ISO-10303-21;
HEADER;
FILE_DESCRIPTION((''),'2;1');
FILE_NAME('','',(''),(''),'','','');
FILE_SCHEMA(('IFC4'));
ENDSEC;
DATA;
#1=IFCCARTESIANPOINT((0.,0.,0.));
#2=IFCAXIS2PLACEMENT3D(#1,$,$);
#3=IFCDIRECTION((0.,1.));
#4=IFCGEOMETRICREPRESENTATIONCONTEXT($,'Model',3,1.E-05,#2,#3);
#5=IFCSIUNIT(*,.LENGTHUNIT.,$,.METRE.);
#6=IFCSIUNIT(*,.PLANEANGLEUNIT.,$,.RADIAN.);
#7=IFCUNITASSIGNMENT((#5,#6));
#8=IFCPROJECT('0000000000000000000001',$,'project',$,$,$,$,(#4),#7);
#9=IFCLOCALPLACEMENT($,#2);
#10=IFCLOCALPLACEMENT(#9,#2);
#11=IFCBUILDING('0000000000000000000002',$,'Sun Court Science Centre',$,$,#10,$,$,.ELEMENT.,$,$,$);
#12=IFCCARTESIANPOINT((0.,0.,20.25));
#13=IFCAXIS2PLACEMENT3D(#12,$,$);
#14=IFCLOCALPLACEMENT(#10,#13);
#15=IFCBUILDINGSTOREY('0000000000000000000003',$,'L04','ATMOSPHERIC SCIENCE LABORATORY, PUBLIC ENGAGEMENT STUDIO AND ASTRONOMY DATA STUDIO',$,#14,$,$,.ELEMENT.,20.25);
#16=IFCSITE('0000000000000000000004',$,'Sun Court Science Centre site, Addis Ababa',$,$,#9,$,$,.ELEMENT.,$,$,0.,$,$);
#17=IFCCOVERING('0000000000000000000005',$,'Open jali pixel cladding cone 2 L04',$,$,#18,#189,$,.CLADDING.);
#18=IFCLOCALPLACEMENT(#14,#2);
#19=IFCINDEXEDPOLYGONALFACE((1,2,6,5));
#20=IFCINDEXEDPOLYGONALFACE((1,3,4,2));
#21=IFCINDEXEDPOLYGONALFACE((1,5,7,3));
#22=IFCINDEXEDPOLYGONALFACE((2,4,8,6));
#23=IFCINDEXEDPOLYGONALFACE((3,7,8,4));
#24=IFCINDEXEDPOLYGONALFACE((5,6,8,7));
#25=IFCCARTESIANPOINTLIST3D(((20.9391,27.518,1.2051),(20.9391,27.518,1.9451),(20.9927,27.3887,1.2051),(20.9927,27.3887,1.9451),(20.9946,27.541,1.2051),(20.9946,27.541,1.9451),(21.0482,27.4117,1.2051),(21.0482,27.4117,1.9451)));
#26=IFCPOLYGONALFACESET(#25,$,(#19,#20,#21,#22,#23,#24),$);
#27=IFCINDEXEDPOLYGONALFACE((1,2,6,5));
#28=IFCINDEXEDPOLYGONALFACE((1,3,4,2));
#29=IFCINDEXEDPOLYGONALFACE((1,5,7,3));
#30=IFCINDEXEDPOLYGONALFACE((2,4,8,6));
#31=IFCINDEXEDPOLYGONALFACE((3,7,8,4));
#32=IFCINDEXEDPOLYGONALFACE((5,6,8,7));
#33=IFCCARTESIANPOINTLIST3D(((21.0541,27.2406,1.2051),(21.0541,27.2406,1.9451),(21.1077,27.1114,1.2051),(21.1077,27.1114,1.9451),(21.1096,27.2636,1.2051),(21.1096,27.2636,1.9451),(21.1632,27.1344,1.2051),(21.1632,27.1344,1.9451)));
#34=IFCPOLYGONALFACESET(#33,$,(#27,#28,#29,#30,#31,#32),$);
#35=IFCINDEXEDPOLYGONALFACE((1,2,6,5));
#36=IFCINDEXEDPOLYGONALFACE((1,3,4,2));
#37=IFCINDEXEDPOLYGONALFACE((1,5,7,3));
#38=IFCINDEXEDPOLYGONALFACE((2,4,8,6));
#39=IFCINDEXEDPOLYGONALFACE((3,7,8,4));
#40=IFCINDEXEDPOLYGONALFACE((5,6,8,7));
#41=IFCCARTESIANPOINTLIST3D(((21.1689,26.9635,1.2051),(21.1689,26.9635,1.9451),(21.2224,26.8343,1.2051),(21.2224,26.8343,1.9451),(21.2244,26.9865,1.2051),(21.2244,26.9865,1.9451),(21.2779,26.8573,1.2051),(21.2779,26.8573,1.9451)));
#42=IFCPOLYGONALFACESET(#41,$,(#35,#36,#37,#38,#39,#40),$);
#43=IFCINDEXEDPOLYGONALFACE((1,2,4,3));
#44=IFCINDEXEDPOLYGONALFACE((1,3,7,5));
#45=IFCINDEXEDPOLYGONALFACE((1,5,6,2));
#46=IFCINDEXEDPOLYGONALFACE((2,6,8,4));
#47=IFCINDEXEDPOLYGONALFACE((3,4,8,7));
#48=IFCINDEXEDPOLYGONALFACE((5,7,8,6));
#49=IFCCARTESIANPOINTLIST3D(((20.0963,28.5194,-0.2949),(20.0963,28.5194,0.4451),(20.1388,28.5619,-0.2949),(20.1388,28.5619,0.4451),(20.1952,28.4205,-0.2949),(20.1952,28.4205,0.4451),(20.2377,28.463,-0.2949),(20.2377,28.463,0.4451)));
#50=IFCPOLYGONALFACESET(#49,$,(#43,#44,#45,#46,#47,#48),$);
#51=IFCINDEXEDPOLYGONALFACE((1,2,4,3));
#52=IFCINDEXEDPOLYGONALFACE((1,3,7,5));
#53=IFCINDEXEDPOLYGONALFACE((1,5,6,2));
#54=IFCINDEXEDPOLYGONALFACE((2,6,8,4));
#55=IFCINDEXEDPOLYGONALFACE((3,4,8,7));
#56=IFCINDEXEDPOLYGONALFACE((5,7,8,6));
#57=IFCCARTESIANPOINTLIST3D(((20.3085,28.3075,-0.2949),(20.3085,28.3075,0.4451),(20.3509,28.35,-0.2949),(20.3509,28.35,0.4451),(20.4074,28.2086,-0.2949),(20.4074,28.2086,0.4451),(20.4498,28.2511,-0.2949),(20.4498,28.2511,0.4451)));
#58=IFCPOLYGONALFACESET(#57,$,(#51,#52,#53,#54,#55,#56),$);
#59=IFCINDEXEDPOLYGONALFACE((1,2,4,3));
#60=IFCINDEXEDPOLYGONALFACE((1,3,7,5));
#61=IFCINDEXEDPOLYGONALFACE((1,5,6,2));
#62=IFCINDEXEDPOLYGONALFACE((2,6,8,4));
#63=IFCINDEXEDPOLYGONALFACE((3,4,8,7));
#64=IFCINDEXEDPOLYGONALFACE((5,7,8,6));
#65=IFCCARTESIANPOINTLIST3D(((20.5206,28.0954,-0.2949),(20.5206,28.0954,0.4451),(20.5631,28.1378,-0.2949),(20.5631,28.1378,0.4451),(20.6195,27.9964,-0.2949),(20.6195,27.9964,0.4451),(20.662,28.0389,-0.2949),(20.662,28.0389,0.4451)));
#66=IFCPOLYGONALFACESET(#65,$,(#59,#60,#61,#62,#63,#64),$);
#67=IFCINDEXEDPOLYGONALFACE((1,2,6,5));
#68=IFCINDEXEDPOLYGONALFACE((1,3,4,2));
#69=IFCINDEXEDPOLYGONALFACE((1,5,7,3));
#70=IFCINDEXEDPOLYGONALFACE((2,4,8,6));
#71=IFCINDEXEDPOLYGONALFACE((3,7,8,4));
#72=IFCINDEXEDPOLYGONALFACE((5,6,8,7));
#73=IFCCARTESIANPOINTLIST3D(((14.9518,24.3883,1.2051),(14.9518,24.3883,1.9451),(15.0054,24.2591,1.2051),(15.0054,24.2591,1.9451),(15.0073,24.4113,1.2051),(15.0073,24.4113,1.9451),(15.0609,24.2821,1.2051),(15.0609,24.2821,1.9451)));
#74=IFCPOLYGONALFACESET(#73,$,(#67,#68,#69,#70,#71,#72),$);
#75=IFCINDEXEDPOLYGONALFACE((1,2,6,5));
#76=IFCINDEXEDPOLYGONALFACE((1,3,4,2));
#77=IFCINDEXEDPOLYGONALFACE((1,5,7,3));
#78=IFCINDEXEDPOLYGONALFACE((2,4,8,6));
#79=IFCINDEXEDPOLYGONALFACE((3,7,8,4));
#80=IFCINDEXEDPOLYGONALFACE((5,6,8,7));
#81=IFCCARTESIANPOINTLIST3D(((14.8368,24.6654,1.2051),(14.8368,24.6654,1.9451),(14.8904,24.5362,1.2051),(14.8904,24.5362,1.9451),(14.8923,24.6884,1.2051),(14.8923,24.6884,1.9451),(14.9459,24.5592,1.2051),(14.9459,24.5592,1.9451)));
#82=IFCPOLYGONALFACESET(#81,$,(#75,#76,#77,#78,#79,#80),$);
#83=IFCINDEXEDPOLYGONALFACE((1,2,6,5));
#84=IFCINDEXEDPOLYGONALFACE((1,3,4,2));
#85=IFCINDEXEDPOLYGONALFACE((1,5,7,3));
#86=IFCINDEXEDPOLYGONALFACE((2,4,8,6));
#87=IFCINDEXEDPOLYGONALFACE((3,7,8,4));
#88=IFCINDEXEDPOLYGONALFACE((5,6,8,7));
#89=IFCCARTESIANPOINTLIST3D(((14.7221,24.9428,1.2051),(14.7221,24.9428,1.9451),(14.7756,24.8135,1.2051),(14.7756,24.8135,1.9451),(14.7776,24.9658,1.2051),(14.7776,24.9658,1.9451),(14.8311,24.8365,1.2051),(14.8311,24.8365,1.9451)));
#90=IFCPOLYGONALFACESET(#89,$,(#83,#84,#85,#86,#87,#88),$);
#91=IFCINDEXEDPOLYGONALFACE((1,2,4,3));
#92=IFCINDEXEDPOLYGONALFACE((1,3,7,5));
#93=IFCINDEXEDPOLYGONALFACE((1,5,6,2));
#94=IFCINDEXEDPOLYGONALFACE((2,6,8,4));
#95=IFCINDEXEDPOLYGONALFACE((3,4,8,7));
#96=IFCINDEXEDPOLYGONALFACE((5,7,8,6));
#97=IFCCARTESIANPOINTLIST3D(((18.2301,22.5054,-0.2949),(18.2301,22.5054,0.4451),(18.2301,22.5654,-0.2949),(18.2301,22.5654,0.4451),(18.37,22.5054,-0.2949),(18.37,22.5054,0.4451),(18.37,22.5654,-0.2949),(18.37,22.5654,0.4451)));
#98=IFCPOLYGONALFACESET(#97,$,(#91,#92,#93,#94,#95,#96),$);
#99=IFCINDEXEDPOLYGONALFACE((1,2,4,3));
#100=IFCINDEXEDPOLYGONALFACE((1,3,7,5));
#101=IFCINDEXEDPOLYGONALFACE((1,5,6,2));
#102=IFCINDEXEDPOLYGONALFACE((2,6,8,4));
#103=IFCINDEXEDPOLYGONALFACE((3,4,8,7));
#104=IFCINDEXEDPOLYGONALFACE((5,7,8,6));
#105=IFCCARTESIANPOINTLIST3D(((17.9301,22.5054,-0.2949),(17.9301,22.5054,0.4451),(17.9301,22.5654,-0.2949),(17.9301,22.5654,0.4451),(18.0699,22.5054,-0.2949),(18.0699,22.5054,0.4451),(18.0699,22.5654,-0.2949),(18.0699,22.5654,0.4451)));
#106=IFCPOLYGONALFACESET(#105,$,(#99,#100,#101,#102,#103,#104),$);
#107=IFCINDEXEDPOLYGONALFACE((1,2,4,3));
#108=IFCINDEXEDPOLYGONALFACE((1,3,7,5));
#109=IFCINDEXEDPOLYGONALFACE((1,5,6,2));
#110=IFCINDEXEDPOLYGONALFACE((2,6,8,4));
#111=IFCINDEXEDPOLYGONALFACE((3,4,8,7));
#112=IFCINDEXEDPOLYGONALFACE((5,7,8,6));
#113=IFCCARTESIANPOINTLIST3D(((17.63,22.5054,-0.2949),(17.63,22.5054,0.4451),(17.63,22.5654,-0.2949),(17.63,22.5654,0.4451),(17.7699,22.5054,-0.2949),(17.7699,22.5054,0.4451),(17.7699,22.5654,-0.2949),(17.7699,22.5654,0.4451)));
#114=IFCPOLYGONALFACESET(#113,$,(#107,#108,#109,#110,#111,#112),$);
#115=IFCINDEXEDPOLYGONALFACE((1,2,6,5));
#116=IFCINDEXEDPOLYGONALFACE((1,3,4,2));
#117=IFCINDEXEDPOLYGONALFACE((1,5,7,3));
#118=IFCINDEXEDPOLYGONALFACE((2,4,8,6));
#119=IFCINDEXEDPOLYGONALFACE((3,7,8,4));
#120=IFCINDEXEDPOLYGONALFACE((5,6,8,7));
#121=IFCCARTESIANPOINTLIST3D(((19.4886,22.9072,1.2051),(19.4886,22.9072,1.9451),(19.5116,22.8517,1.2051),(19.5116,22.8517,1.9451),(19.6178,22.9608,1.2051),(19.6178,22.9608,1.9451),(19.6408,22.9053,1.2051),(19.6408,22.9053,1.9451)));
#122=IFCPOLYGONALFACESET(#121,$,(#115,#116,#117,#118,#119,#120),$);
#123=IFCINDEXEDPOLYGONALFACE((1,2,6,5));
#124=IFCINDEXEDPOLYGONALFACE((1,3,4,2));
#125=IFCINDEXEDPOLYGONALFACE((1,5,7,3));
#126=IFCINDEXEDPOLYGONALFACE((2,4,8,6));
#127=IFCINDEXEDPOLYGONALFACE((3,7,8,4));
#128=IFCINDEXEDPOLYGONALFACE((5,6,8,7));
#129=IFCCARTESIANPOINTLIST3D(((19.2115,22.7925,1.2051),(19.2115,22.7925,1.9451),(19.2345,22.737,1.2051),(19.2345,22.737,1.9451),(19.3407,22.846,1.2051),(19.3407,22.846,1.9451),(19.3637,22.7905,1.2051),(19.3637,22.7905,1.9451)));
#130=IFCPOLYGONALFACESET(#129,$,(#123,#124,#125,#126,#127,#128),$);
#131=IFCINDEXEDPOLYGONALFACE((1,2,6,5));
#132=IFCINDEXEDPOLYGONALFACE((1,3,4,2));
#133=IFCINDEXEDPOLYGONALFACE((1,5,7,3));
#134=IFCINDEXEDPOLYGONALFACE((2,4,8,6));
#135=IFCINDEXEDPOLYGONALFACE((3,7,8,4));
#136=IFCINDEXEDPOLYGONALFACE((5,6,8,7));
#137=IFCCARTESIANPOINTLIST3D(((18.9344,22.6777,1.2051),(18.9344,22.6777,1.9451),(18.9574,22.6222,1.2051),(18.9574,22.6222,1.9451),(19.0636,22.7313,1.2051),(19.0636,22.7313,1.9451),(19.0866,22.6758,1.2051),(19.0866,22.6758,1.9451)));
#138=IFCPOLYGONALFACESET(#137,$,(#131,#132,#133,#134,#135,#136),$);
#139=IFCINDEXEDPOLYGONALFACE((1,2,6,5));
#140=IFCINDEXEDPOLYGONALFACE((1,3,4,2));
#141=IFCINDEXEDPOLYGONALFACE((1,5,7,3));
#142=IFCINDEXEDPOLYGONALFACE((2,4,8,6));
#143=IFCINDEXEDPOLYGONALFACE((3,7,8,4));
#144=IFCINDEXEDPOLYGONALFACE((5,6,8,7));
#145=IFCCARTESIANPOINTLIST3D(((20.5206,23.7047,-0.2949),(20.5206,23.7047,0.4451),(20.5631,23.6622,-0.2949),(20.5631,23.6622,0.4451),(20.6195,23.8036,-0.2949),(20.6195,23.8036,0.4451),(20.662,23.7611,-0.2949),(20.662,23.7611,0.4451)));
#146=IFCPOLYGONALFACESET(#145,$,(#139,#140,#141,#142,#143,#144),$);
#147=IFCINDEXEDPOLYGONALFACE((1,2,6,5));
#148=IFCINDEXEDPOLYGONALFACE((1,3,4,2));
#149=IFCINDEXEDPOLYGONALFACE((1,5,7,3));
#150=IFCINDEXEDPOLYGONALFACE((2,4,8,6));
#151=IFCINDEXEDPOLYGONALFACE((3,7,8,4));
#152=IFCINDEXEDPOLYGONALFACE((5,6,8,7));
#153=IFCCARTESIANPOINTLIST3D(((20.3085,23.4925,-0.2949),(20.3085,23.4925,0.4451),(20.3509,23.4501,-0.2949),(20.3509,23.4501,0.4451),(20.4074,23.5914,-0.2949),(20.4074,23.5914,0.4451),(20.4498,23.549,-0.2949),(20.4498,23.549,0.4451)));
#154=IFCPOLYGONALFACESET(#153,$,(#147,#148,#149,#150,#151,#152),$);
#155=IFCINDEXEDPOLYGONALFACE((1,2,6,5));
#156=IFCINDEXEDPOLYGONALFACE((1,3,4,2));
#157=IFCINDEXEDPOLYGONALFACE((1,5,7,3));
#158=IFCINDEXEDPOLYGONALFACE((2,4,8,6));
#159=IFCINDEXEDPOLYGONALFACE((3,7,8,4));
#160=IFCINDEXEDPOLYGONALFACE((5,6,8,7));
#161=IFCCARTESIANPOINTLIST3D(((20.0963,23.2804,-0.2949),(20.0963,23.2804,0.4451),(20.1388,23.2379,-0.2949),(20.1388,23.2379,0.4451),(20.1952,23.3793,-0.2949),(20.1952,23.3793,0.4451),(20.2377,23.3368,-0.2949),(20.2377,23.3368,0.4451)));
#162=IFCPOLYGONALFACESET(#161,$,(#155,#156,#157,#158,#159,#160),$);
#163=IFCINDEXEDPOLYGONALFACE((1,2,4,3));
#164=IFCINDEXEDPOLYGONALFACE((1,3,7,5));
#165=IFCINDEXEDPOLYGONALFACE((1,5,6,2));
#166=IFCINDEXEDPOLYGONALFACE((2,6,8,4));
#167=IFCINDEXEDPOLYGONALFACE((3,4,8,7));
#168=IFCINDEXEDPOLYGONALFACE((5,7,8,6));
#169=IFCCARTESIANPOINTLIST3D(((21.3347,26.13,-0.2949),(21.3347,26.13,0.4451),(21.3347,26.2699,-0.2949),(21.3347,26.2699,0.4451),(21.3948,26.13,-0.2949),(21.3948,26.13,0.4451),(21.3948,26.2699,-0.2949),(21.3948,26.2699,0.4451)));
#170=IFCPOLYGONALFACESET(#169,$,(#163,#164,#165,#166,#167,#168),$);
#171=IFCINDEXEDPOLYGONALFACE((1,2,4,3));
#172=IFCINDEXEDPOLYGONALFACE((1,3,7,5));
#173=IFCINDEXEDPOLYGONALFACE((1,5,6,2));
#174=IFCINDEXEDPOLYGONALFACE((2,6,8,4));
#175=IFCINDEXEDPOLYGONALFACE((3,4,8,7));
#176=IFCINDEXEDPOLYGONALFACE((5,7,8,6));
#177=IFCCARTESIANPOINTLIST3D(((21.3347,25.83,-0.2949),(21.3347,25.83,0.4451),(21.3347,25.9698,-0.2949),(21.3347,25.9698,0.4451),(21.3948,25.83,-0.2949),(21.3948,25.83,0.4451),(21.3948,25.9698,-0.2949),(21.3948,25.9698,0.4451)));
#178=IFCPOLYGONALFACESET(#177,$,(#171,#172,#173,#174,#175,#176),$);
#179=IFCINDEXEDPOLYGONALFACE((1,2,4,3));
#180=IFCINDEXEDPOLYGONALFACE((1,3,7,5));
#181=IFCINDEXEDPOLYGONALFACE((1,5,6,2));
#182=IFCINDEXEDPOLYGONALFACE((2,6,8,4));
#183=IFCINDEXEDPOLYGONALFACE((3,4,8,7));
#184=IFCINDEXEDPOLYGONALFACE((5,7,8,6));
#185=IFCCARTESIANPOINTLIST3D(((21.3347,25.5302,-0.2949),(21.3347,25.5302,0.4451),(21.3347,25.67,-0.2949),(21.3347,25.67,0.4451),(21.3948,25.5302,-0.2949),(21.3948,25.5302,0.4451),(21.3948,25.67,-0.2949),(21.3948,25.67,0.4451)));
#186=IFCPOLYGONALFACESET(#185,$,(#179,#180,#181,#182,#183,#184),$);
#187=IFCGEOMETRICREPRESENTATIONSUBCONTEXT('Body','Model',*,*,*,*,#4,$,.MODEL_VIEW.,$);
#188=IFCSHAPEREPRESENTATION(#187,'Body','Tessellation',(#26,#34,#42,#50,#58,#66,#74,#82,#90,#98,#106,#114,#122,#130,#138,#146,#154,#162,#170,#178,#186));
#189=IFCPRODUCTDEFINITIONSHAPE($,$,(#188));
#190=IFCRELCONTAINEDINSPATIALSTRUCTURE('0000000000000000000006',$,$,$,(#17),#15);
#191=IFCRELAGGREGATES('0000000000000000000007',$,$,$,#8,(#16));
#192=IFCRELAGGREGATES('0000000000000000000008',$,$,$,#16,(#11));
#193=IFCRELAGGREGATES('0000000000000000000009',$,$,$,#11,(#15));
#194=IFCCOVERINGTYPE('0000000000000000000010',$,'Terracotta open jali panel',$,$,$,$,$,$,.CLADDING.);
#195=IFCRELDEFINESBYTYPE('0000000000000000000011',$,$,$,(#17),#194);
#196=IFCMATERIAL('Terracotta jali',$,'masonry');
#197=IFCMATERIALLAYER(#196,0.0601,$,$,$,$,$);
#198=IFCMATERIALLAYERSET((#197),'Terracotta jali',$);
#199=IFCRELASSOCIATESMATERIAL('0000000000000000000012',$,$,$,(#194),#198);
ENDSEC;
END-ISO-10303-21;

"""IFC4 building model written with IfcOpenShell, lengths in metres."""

from ifc_helpers import new_model, si_unit, direction, frame, origin, origin_2d, place, context, subcontext, project, spatial, rectangle, extrude, material, layer, layer_set, type_object, element, save


model = new_model("IFC4")

# Units and contexts
model_context = context("Model", 3, precision=1e-05, world=origin(), true_north=direction((0.0, 1.0)))
body_context = subcontext(model_context, "Body", "Model", "MODEL_VIEW")
ifc_project = project(units=[si_unit("LENGTHUNIT", "METRE"), si_unit("PLANEANGLEUNIT", "RADIAN")], contexts=[model_context])

# Site, building, storey
site_placement = place(None, origin())
site = spatial("IfcSite", under=ifc_project, at=site_placement, Name="Sun Court Science Centre site, Addis Ababa", CompositionType="ELEMENT", RefElevation=0.0)
building_placement = place(site_placement, origin())
building = spatial("IfcBuilding", under=site, at=building_placement, Name="Sun Court Science Centre", CompositionType="ELEMENT")
storey_placement = place(building_placement, frame((0.0, 0.0, 20.25)))
storey = spatial("IfcBuildingStorey", under=building, at=storey_placement, Name="L04", Description="ATMOSPHERIC SCIENCE LABORATORY, PUBLIC ENGAGEMENT STUDIO AND ASTRONOMY DATA STUDIO", CompositionType="ELEMENT", Elevation=20.25)

# Covering
ifc_material_1 = material(Name="Terracotta jali", Category="masonry")
ifc_layer_1 = layer(ifc_material_1, 0.0601)
ifc_layer_set_1 = layer_set([ifc_layer_1], Name="Terracotta jali")
covering_type_1 = type_object("IfcCoveringType", Name="Terracotta open jali panel", PredefinedType="CLADDING", material=ifc_layer_set_1)
covering_1_placement = place(storey_placement, frame((0.0, 0.0, -20.25)))
element("IfcCovering", 1, at=covering_1_placement, inside=storey, type_object=covering_type_1, Name="Open jali pixel cladding cone 2 L04", PredefinedType="CLADDING", context=body_context, shape_type="SweptSolid", body=[
    extrude(rectangle(XDim=0.1399, YDim=0.0601, at=origin_2d()), frame((20.9937, 27.4648, 21.4551), z_axis=(0.0, 0.0, 1.0), x_axis=(0.382683, -0.92388, 0.0)), (0.0, 0.0, 1.0), 0.74),
    extrude(rectangle(XDim=0.1399, YDim=0.0601, at=origin_2d()), frame((21.1086, 27.1875, 21.4551), z_axis=(0.0, 0.0, 1.0), x_axis=(0.382683, -0.92388, 0.0)), (0.0, 0.0, 1.0), 0.74),
    extrude(rectangle(XDim=0.1399, YDim=0.0601, at=origin_2d()), frame((21.2234, 26.9104, 21.4551), z_axis=(0.0, 0.0, 1.0), x_axis=(0.382683, -0.92388, 0.0)), (0.0, 0.0, 1.0), 0.74),
    extrude(rectangle(XDim=0.1399, YDim=0.0601, at=origin_2d()), frame((20.167, 28.4912, 19.9551), z_axis=(0.0, 0.0, 1.0), x_axis=(0.707107, -0.707107, 0.0)), (0.0, 0.0, 1.0), 0.74),
    extrude(rectangle(XDim=0.1399, YDim=0.0601, at=origin_2d()), frame((20.3792, 28.2793, 19.9551), z_axis=(0.0, 0.0, 1.0), x_axis=(0.707107, -0.707107, 0.0)), (0.0, 0.0, 1.0), 0.74),
    extrude(rectangle(XDim=0.1399, YDim=0.0601, at=origin_2d()), frame((20.5913, 28.0671, 19.9551), z_axis=(0.0, 0.0, 1.0), x_axis=(0.707107, -0.707107, 0.0)), (0.0, 0.0, 1.0), 0.74),
    extrude(rectangle(XDim=0.1399, YDim=0.0601, at=origin_2d()), frame((15.0063, 24.3352, 21.4551), z_axis=(0.0, 0.0, 1.0), x_axis=(-0.382683, 0.92388, 0.0)), (0.0, 0.0, 1.0), 0.74),
    extrude(rectangle(XDim=0.1399, YDim=0.0601, at=origin_2d()), frame((14.8914, 24.6123, 21.4551), z_axis=(0.0, 0.0, 1.0), x_axis=(-0.382683, 0.92388, 0.0)), (0.0, 0.0, 1.0), 0.74),
    extrude(rectangle(XDim=0.1399, YDim=0.0601, at=origin_2d()), frame((14.7766, 24.8896, 21.4551), z_axis=(0.0, 0.0, 1.0), x_axis=(-0.382683, 0.92388, 0.0)), (0.0, 0.0, 1.0), 0.74),
    extrude(rectangle(XDim=0.1399, YDim=0.0601, at=origin_2d()), frame((18.3, 22.5354, 19.9551), z_axis=(0.0, 0.0, 1.0), x_axis=(-1.0, 0.0, 0.0)), (0.0, 0.0, 1.0), 0.74),
    extrude(rectangle(XDim=0.1399, YDim=0.0601, at=origin_2d()), frame((18.0, 22.5354, 19.9551), z_axis=(0.0, 0.0, 1.0), x_axis=(-1.0, 0.0, 0.0)), (0.0, 0.0, 1.0), 0.74),
    extrude(rectangle(XDim=0.1399, YDim=0.0601, at=origin_2d()), frame((17.7, 22.5354, 19.9551), z_axis=(0.0, 0.0, 1.0), x_axis=(-1.0, 0.0, 0.0)), (0.0, 0.0, 1.0), 0.74),
    extrude(rectangle(XDim=0.1399, YDim=0.0601, at=origin_2d()), frame((19.5647, 22.9062, 21.4551), z_axis=(0.0, 0.0, 1.0), x_axis=(-0.92388, -0.382683, 0.0)), (0.0, 0.0, 1.0), 0.74),
    extrude(rectangle(XDim=0.1399, YDim=0.0601, at=origin_2d()), frame((19.2876, 22.7915, 21.4551), z_axis=(0.0, 0.0, 1.0), x_axis=(-0.92388, -0.382683, 0.0)), (0.0, 0.0, 1.0), 0.74),
    extrude(rectangle(XDim=0.1399, YDim=0.0601, at=origin_2d()), frame((19.0105, 22.6768, 21.4551), z_axis=(0.0, 0.0, 1.0), x_axis=(-0.92388, -0.382683, 0.0)), (0.0, 0.0, 1.0), 0.74),
    extrude(rectangle(XDim=0.1399, YDim=0.0601, at=origin_2d()), frame((20.5913, 23.7329, 19.9551), z_axis=(0.0, 0.0, 1.0), x_axis=(-0.707107, -0.707107, 0.0)), (0.0, 0.0, 1.0), 0.74),
    extrude(rectangle(XDim=0.1399, YDim=0.0601, at=origin_2d()), frame((20.3792, 23.5208, 19.9551), z_axis=(0.0, 0.0, 1.0), x_axis=(-0.707107, -0.707107, 0.0)), (0.0, 0.0, 1.0), 0.74),
    extrude(rectangle(XDim=0.1399, YDim=0.0601, at=origin_2d()), frame((20.167, 23.3086, 19.9551), z_axis=(0.0, 0.0, 1.0), x_axis=(-0.707107, -0.707107, 0.0)), (0.0, 0.0, 1.0), 0.74),
    extrude(rectangle(XDim=0.1399, YDim=0.0601, at=origin_2d()), frame((21.3647, 26.2, 19.9551), z_axis=(0.0, 0.0, 1.0), x_axis=(0.0, -1.0, 0.0)), (0.0, 0.0, 1.0), 0.74),
    extrude(rectangle(XDim=0.1399, YDim=0.0601, at=origin_2d()), frame((21.3647, 25.8999, 19.9551), z_axis=(0.0, 0.0, 1.0), x_axis=(0.0, -1.0, 0.0)), (0.0, 0.0, 1.0), 0.74),
    extrude(rectangle(XDim=0.1399, YDim=0.0601, at=origin_2d()), frame((21.3647, 25.6001, 19.9551), z_axis=(0.0, 0.0, 1.0), x_axis=(0.0, -1.0, 0.0)), (0.0, 0.0, 1.0), 0.74),
])

save(model, "model.ifc")
